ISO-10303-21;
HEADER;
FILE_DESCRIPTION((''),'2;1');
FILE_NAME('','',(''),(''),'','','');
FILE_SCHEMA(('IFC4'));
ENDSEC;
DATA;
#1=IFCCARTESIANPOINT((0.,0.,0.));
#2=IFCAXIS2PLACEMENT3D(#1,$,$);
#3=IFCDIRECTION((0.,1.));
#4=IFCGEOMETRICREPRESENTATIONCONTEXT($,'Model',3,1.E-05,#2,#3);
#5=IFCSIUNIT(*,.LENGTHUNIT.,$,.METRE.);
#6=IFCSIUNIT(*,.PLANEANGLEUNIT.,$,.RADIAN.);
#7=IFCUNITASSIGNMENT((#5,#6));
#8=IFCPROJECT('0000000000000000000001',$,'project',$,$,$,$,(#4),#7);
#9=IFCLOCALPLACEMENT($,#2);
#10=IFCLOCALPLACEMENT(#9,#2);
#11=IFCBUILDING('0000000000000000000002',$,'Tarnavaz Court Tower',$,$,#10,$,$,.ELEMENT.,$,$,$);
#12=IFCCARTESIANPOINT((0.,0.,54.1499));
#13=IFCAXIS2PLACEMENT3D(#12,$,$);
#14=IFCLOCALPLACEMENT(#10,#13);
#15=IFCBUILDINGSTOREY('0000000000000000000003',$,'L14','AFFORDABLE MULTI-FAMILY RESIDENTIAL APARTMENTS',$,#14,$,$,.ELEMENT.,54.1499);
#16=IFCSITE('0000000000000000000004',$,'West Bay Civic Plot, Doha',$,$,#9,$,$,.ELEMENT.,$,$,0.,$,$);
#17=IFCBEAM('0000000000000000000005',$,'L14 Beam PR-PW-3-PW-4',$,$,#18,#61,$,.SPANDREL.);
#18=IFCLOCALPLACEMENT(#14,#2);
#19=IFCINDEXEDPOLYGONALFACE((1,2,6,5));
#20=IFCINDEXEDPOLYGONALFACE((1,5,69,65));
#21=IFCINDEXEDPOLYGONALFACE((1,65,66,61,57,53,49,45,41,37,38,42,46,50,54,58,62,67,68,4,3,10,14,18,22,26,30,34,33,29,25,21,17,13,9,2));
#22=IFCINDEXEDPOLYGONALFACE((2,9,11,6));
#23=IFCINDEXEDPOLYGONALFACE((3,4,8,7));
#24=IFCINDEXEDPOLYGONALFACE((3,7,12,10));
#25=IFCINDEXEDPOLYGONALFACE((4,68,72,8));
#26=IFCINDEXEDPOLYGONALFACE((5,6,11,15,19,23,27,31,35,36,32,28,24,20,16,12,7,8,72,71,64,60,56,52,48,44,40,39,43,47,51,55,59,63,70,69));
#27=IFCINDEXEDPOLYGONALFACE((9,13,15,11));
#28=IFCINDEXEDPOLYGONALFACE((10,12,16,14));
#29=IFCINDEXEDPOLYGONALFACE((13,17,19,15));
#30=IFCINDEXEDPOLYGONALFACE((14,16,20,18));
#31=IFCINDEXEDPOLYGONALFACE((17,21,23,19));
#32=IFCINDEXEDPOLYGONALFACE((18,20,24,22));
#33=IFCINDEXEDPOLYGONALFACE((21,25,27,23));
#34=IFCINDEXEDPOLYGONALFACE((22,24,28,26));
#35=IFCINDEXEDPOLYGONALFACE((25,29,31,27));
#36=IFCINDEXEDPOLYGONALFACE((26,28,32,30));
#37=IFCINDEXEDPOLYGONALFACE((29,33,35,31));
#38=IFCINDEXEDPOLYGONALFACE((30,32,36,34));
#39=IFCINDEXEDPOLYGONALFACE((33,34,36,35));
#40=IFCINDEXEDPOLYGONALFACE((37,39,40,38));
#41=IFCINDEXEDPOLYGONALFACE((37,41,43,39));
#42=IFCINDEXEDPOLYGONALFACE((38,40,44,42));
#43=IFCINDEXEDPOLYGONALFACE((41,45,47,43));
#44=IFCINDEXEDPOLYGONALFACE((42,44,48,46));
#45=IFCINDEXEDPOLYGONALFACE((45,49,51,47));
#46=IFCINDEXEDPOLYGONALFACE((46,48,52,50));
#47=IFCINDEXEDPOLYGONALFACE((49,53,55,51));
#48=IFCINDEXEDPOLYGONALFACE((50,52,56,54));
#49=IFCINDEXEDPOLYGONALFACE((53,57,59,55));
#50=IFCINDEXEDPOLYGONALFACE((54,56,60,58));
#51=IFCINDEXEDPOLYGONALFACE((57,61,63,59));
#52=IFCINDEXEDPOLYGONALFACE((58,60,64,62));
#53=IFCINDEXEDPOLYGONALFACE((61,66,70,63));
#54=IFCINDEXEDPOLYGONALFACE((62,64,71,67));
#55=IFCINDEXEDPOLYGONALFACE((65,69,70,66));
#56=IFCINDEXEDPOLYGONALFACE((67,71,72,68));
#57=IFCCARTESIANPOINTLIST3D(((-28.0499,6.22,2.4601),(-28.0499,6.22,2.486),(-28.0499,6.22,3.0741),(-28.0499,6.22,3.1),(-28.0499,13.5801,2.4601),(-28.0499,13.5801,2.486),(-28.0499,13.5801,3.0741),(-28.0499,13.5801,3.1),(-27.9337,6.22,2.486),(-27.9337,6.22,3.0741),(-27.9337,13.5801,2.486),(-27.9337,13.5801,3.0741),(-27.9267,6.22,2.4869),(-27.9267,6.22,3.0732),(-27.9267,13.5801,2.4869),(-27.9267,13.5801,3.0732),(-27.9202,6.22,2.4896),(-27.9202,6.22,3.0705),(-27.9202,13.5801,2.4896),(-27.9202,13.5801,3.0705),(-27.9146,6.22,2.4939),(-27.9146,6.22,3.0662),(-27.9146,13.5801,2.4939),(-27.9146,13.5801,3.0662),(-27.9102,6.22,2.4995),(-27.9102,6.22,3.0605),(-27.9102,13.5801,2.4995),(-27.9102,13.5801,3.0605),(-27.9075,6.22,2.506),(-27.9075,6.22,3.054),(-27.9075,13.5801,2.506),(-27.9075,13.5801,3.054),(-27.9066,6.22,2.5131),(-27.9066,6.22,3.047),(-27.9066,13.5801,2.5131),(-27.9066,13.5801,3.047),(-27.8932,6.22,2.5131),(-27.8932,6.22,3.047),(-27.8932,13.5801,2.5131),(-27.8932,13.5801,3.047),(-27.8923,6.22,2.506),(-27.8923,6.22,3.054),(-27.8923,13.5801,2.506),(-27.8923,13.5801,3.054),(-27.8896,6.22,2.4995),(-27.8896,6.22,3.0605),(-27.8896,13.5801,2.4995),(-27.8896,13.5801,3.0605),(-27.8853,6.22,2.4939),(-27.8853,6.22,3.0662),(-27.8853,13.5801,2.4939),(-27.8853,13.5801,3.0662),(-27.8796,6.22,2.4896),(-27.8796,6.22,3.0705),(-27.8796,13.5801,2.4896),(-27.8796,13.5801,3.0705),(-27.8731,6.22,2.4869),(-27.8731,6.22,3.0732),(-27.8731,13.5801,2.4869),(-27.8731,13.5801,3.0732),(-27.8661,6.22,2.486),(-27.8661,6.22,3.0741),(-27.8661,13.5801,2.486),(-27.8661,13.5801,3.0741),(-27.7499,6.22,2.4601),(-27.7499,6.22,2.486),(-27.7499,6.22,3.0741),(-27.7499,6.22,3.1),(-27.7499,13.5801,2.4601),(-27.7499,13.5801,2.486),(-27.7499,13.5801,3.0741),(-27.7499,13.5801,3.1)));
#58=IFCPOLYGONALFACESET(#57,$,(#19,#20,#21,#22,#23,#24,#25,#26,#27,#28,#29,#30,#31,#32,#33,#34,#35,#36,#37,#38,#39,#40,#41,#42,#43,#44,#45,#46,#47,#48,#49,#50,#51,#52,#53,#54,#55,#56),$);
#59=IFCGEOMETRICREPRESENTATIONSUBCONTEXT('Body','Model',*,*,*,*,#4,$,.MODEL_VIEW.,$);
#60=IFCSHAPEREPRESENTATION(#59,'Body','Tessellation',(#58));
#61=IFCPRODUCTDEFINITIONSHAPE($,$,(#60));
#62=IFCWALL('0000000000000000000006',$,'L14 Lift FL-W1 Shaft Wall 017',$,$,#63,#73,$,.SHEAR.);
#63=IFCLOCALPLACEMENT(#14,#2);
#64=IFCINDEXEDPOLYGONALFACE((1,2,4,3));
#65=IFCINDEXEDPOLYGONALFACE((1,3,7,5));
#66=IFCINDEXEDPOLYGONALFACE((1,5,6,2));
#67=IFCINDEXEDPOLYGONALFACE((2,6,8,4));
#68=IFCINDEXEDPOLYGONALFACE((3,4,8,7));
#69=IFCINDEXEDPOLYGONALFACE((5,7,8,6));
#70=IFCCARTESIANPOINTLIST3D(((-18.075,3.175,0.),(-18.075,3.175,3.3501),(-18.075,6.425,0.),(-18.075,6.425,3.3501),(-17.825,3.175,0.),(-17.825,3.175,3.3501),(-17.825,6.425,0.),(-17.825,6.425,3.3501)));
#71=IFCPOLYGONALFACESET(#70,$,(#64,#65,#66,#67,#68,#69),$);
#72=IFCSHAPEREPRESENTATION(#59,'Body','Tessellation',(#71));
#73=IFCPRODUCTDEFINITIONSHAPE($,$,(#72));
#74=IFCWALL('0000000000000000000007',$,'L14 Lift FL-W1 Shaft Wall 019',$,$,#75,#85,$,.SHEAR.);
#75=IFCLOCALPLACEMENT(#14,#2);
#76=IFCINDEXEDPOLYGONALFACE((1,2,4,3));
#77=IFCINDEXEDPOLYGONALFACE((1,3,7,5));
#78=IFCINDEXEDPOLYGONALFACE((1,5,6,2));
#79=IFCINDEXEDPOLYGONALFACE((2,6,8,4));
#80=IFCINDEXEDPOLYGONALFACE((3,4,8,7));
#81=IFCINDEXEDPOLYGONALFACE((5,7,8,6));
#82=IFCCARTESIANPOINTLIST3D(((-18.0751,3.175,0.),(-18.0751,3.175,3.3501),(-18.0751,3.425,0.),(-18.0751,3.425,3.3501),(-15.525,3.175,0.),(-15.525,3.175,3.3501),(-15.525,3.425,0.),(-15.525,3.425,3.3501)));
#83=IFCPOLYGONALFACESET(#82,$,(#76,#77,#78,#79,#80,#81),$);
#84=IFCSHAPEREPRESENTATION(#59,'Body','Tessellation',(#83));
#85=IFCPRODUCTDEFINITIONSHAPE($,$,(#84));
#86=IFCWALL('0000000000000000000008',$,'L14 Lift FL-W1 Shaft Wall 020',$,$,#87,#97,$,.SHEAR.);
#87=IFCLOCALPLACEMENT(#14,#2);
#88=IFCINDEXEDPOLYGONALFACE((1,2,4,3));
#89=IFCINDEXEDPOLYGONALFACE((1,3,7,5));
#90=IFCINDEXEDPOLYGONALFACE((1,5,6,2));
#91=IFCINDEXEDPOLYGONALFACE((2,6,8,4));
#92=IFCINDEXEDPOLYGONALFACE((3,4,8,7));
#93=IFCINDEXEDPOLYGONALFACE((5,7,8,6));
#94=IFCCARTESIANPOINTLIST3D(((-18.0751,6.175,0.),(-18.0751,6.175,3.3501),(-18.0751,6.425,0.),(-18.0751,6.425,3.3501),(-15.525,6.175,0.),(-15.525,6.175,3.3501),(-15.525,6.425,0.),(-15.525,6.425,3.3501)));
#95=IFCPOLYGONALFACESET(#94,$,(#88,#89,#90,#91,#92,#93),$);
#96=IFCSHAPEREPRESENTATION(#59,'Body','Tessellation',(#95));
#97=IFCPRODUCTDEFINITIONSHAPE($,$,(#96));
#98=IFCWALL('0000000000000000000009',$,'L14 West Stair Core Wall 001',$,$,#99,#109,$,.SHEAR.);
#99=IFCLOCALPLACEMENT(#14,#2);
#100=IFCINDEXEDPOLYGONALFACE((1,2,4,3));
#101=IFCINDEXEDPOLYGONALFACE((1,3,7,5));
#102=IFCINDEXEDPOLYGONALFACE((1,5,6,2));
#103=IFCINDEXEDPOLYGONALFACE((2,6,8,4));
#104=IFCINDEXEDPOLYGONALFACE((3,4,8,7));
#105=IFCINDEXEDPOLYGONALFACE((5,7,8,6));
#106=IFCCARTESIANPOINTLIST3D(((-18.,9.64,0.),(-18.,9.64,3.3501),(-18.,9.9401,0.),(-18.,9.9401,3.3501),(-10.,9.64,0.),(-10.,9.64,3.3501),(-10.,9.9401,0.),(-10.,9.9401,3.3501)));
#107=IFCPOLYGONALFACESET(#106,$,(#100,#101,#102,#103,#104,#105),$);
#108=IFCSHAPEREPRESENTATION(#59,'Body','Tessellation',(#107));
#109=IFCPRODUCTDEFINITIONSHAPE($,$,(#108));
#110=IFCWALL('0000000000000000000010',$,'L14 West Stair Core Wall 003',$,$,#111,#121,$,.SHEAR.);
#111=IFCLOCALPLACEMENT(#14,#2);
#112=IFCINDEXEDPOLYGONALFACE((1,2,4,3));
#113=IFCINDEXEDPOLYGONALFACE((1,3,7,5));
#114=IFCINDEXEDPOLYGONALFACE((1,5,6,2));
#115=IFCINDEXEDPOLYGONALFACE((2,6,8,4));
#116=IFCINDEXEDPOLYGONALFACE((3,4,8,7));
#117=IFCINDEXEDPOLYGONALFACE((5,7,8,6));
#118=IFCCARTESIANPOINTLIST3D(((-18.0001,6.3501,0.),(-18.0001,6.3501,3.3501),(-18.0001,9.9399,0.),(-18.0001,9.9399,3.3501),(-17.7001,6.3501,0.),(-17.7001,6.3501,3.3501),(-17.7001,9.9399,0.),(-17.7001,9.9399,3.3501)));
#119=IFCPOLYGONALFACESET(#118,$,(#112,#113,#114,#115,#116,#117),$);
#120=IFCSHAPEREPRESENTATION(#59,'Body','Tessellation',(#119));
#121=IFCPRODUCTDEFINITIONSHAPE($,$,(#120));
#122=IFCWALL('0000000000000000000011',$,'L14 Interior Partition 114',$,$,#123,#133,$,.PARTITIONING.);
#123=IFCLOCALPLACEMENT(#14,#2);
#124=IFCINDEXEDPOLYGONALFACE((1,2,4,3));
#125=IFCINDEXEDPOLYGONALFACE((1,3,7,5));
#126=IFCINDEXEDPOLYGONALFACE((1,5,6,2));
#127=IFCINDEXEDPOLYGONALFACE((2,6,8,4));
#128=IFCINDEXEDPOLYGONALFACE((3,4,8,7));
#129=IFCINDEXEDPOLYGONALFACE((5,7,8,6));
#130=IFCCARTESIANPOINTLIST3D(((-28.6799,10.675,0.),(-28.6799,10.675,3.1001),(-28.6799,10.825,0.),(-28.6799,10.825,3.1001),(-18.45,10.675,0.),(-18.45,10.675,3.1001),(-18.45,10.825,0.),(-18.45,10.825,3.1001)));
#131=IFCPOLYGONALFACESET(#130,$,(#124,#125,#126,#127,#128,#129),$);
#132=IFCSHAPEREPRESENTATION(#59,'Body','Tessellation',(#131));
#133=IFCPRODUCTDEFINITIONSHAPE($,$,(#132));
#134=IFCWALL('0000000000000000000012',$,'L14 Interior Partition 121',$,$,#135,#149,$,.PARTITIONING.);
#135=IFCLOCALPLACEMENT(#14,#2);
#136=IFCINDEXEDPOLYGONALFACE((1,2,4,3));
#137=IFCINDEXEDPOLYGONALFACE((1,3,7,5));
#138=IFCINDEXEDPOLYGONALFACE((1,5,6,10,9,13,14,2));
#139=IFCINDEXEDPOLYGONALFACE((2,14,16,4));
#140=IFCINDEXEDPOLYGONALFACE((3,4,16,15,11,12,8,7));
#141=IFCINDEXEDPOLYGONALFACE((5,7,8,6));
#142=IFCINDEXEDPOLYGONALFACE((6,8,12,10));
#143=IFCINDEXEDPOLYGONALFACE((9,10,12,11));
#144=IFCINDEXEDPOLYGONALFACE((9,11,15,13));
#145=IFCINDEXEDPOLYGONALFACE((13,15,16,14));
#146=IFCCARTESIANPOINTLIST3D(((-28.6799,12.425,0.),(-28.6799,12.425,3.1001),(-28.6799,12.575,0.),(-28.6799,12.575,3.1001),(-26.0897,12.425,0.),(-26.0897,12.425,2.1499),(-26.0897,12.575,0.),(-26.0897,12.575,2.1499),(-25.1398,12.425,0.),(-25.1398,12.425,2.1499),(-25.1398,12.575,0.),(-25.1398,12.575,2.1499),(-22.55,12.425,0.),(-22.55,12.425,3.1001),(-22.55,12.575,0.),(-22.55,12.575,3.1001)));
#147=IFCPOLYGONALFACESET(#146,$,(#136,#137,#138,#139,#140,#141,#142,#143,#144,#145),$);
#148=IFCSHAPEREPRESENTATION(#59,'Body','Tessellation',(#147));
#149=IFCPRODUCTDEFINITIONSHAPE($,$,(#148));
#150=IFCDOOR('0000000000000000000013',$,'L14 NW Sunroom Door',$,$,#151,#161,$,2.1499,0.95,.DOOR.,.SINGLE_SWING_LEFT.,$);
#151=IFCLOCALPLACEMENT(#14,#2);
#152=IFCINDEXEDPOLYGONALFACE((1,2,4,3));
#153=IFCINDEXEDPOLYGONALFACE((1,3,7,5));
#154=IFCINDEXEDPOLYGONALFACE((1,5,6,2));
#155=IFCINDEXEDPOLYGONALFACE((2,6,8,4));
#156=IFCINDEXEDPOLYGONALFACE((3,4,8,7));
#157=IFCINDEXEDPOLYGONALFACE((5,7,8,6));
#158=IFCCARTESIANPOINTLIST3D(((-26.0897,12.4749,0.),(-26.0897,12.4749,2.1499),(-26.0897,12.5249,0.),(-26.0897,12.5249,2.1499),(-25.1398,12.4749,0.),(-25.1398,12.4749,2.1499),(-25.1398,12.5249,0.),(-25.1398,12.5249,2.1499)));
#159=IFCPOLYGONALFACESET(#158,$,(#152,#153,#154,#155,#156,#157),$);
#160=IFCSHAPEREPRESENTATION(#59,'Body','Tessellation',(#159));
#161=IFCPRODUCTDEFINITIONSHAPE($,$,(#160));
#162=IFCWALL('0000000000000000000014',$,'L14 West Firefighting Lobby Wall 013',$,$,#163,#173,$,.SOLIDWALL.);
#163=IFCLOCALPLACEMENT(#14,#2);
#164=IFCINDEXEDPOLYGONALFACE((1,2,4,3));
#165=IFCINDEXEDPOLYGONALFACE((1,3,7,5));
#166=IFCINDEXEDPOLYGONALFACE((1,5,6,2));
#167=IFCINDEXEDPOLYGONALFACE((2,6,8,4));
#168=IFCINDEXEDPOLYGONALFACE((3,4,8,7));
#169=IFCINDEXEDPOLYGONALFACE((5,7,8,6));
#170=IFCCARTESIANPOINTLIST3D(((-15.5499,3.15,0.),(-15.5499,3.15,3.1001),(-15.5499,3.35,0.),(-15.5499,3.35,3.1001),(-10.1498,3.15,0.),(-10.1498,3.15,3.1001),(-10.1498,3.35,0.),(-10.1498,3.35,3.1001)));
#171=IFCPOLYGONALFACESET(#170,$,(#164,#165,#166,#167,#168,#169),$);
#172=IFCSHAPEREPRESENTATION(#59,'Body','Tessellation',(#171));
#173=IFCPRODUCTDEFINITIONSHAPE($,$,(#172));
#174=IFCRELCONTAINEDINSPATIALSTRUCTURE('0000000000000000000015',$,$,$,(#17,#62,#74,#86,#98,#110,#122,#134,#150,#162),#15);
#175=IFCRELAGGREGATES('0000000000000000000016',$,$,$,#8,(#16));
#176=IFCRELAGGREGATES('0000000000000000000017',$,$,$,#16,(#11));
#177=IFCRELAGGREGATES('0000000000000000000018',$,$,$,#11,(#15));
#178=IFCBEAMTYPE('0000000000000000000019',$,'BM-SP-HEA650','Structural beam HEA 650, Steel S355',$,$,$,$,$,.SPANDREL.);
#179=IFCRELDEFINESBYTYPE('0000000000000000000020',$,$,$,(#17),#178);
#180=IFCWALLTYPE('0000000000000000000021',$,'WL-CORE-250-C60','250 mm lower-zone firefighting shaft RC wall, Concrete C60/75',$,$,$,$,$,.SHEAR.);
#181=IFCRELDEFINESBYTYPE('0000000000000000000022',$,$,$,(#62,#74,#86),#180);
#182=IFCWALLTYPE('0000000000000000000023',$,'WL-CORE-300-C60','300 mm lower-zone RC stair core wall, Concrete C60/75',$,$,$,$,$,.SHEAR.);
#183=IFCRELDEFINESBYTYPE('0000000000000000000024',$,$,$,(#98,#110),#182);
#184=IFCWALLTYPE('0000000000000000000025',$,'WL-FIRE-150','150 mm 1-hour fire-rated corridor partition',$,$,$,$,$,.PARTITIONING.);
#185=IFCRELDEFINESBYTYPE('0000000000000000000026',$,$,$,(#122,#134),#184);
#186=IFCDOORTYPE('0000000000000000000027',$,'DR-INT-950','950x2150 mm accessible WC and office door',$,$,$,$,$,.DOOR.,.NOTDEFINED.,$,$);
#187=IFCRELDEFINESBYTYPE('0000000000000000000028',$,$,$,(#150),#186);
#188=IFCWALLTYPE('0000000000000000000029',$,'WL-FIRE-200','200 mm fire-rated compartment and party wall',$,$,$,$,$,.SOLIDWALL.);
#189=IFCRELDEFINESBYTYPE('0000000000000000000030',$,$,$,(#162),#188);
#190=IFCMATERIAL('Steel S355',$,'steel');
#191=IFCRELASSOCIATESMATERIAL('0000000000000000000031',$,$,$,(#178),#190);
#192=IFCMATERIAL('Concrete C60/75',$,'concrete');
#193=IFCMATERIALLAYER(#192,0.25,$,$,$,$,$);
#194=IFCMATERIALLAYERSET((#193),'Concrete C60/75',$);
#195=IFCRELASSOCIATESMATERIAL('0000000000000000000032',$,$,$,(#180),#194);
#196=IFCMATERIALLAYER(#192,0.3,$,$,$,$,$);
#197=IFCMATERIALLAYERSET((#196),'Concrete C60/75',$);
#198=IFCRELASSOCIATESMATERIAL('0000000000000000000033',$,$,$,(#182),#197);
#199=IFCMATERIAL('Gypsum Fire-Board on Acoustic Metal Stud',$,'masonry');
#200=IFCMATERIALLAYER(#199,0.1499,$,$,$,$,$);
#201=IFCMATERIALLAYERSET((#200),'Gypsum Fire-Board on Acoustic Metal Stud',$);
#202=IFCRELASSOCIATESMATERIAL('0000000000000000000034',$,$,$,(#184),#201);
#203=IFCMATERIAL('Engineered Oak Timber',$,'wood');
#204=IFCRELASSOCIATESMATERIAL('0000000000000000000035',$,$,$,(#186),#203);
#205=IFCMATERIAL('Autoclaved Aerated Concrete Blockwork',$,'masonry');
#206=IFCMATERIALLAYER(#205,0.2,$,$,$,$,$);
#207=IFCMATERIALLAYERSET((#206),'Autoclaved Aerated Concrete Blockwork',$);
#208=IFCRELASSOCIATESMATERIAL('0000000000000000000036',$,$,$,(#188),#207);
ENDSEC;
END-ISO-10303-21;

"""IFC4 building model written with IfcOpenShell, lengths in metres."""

from ifc_helpers import new_model, si_unit, direction, frame, frame_2d, origin, origin_2d, place, context, subcontext, project, spatial, rectangle, i_section, extrude, material, layer, layer_set, material_profile, profile_set, type_object, element, fill, save


model = new_model("IFC4")

# Units and contexts
model_context = context("Model", 3, precision=1e-05, world=origin(), true_north=direction((0.0, 1.0)))
body_context = subcontext(model_context, "Body", "Model", "MODEL_VIEW")
ifc_project = project(units=[si_unit("LENGTHUNIT", "METRE"), si_unit("PLANEANGLEUNIT", "RADIAN")], contexts=[model_context])

# Site, building, storey
site_placement = place(None, origin())
site = spatial("IfcSite", under=ifc_project, at=site_placement, Name="West Bay Civic Plot, Doha", CompositionType="ELEMENT", RefElevation=0.0)
building_placement = place(site_placement, origin())
building = spatial("IfcBuilding", under=site, at=building_placement, Name="Tarnavaz Court Tower", CompositionType="ELEMENT")
storey_placement = place(building_placement, frame((0.0, 0.0, 54.1499)))
storey = spatial("IfcBuildingStorey", under=building, at=storey_placement, Name="L14", Description="AFFORDABLE MULTI-FAMILY RESIDENTIAL APARTMENTS", CompositionType="ELEMENT", Elevation=54.1499)

# Shared definitions
ifc_material_1 = material(Name="Concrete C60/75", Category="concrete")

# Beam
ifc_material_2 = material(Name="Steel S355", Category="steel")
ifc_material_profile_1 = material_profile(ifc_material_2, i_section(OverallWidth=0.3, OverallDepth=0.6399, WebThickness=0.0134, FlangeThickness=0.0259, FilletRadius=0.0271, at=origin_2d()), Name="HEA 650")
ifc_profile_set_1 = profile_set([ifc_material_profile_1], Name="Steel S355")
beam_type_1 = type_object("IfcBeamType", Name="BM-SP-HEA650", Description="Structural beam HEA 650, Steel S355", PredefinedType="SPANDREL", material=ifc_profile_set_1)
beam_1_placement = place(storey_placement, frame((-27.8999, 6.22, 2.78), z_axis=(0.0, 1.0, 0.0), x_axis=(-1.0, 0.0, 0.0)))
element("IfcBeam", 1, at=beam_1_placement, inside=storey, type_object=beam_type_1, Name="L14 Beam PR-PW-3-PW-4", PredefinedType="SPANDREL", context=body_context, shape_type="SweptSolid", body=[
    extrude(i_section(OverallWidth=0.3, OverallDepth=0.6399, WebThickness=0.0134, FlangeThickness=0.0259, FilletRadius=0.0271, at=origin_2d()), origin(), (0.0, 0.0, 1.0), 7.3601),
])

# Wall
ifc_layer_1 = layer(ifc_material_1, 0.25)
ifc_layer_set_1 = layer_set([ifc_layer_1], Name="Concrete C60/75")
wall_type_1 = type_object("IfcWallType", Name="WL-CORE-250-C60", Description="250 mm lower-zone firefighting shaft RC wall, Concrete C60/75", PredefinedType="SHEAR", material=ifc_layer_set_1)
wall_1_placement = place(storey_placement, frame((-17.95, 3.175, 0.0), z_axis=(0.0, 0.0, 1.0), x_axis=(0.0, 1.0, 0.0)))
element("IfcWall", 2, at=wall_1_placement, inside=storey, type_object=wall_type_1, Name="L14 Lift FL-W1 Shaft Wall 017", PredefinedType="SHEAR", context=body_context, shape_type="SweptSolid", body=[
    extrude(rectangle(XDim=3.25, YDim=0.25, at=frame_2d((1.625, 0.0))), origin(), (0.0, 0.0, 1.0), 3.3501),
])

# Walls
for number, where, z_axis, x_axis, name in (
    (3, (-18.075, 3.3, 0.0), (0.0, 0.0, 1.0), (1.0, 0.0, 0.0), "L14 Lift FL-W1 Shaft Wall 019"),
    (4, (-18.075, 6.3, 0.0), (0.0, 0.0, 1.0), (1.0, 0.0, 0.0), "L14 Lift FL-W1 Shaft Wall 020"),
):
    element("IfcWall", number, at=place(storey_placement, frame(where, z_axis=z_axis, x_axis=x_axis)), inside=storey, type_object=wall_type_1, Name=name, PredefinedType="SHEAR", context=body_context, shape_type="SweptSolid", body=[
        extrude(rectangle(XDim=2.55, YDim=0.25, at=frame_2d((1.2749, 0.0))), origin(), (0.0, 0.0, 1.0), 3.3501),
    ])
ifc_layer_2 = layer(ifc_material_1, 0.3)
ifc_layer_set_2 = layer_set([ifc_layer_2], Name="Concrete C60/75")
wall_type_2 = type_object("IfcWallType", Name="WL-CORE-300-C60", Description="300 mm lower-zone RC stair core wall, Concrete C60/75", PredefinedType="SHEAR", material=ifc_layer_set_2)
wall_2_placement = place(storey_placement, frame((-18.0, 9.79, 0.0), z_axis=(0.0, 0.0, 1.0), x_axis=(1.0, 0.0, 0.0)))
element("IfcWall", 5, at=wall_2_placement, inside=storey, type_object=wall_type_2, Name="L14 West Stair Core Wall 001", PredefinedType="SHEAR", context=body_context, shape_type="SweptSolid", body=[
    extrude(rectangle(XDim=8.0, YDim=0.3, at=frame_2d((4.0, 0.0))), origin(), (0.0, 0.0, 1.0), 3.3501),
])

# Walls
wall_3_placement = place(storey_placement, frame((-17.8501, 6.3501, 0.0), z_axis=(0.0, 0.0, 1.0), x_axis=(0.0, 1.0, 0.0)))
element("IfcWall", 6, at=wall_3_placement, inside=storey, type_object=wall_type_2, Name="L14 West Stair Core Wall 003", PredefinedType="SHEAR", context=body_context, shape_type="SweptSolid", body=[
    extrude(rectangle(XDim=3.5898, YDim=0.3, at=frame_2d((1.7949, 0.0))), origin(), (0.0, 0.0, 1.0), 3.3501),
])
ifc_material_3 = material(Name="Gypsum Fire-Board on Acoustic Metal Stud", Category="masonry")
ifc_layer_3 = layer(ifc_material_3, 0.1499)
ifc_layer_set_3 = layer_set([ifc_layer_3], Name="Gypsum Fire-Board on Acoustic Metal Stud")
wall_type_3 = type_object("IfcWallType", Name="WL-FIRE-150", Description="150 mm 1-hour fire-rated corridor partition", PredefinedType="PARTITIONING", material=ifc_layer_set_3)
wall_4_placement = place(storey_placement, frame((-28.6799, 10.75, 0.0), z_axis=(0.0, 0.0, 1.0), x_axis=(1.0, 0.0, 0.0)))
element("IfcWall", 7, at=wall_4_placement, inside=storey, type_object=wall_type_3, Name="L14 Interior Partition 114", PredefinedType="PARTITIONING", context=body_context, shape_type="SweptSolid", body=[
    extrude(rectangle(XDim=10.23, YDim=0.1499, at=frame_2d((5.115, 0.0))), origin(), (0.0, 0.0, 1.0), 3.1001),
])

# Wall, opening, door
wall_5_placement = place(storey_placement, frame((-28.6799, 12.5, 0.0), z_axis=(0.0, 0.0, 1.0), x_axis=(1.0, 0.0, 0.0)))
wall_5 = element("IfcWall", 8, at=wall_5_placement, inside=storey, type_object=wall_type_3, Name="L14 Interior Partition 121", PredefinedType="PARTITIONING", context=body_context, shape_type="SweptSolid", body=[
    extrude(rectangle(XDim=6.1299, YDim=0.1499, at=frame_2d((3.0649, 0.0))), origin(), (0.0, 0.0, 1.0), 3.1001),
])
opening_1_placement = place(wall_5_placement, frame((2.5901, 0.0, 0.0)))
opening_1 = element("IfcOpeningElement", 9, at=opening_1_placement, cuts=wall_5, PredefinedType="OPENING", context=body_context, shape_type="SweptSolid", body=[
    extrude(rectangle(XDim=0.95, YDim=2.1499, at=frame_2d((0.4751, 1.075))), frame((0.0, 0.085, 0.0), z_axis=(0.0, -1.0, 0.0), x_axis=(1.0, 0.0, 0.0)), (0.0, 0.0, 1.0), 0.1699),
])
ifc_material_4 = material(Name="Engineered Oak Timber", Category="wood")
door_type_1 = type_object("IfcDoorType", Name="DR-INT-950", Description="950x2150 mm accessible WC and office door", OperationType="NOTDEFINED", PredefinedType="DOOR", material=ifc_material_4)
door_1_placement = place(opening_1_placement, origin())
door_1 = element("IfcDoor", 10, at=door_1_placement, inside=storey, type_object=door_type_1, Name="L14 NW Sunroom Door", OperationType="SINGLE_SWING_LEFT", OverallHeight=2.1499, OverallWidth=0.95, PredefinedType="DOOR", context=body_context, shape_type="SweptSolid", body=[
    extrude(rectangle(XDim=0.95, YDim=2.1499, at=frame_2d((0.4751, 1.075))), frame((0.0, 0.0249, 0.0), z_axis=(0.0, -1.0, 0.0), x_axis=(1.0, 0.0, 0.0)), (0.0, 0.0, 1.0), 0.05),
])
fill(opening_1, door_1)

# Wall
ifc_material_5 = material(Name="Autoclaved Aerated Concrete Blockwork", Category="masonry")
ifc_layer_4 = layer(ifc_material_5, 0.2)
ifc_layer_set_4 = layer_set([ifc_layer_4], Name="Autoclaved Aerated Concrete Blockwork")
wall_type_4 = type_object("IfcWallType", Name="WL-FIRE-200", Description="200 mm fire-rated compartment and party wall", PredefinedType="SOLIDWALL", material=ifc_layer_set_4)
wall_6_placement = place(storey_placement, frame((-15.55, 3.25, 0.0), z_axis=(0.0, 0.0, 1.0), x_axis=(1.0, 0.0, 0.0)))
element("IfcWall", 11, at=wall_6_placement, inside=storey, type_object=wall_type_4, Name="L14 West Firefighting Lobby Wall 013", PredefinedType="SOLIDWALL", context=body_context, shape_type="SweptSolid", body=[
    extrude(rectangle(XDim=5.4001, YDim=0.2, at=frame_2d((2.7002, 0.0))), origin(), (0.0, 0.0, 1.0), 3.1001),
])

save(model, "model.ifc")
